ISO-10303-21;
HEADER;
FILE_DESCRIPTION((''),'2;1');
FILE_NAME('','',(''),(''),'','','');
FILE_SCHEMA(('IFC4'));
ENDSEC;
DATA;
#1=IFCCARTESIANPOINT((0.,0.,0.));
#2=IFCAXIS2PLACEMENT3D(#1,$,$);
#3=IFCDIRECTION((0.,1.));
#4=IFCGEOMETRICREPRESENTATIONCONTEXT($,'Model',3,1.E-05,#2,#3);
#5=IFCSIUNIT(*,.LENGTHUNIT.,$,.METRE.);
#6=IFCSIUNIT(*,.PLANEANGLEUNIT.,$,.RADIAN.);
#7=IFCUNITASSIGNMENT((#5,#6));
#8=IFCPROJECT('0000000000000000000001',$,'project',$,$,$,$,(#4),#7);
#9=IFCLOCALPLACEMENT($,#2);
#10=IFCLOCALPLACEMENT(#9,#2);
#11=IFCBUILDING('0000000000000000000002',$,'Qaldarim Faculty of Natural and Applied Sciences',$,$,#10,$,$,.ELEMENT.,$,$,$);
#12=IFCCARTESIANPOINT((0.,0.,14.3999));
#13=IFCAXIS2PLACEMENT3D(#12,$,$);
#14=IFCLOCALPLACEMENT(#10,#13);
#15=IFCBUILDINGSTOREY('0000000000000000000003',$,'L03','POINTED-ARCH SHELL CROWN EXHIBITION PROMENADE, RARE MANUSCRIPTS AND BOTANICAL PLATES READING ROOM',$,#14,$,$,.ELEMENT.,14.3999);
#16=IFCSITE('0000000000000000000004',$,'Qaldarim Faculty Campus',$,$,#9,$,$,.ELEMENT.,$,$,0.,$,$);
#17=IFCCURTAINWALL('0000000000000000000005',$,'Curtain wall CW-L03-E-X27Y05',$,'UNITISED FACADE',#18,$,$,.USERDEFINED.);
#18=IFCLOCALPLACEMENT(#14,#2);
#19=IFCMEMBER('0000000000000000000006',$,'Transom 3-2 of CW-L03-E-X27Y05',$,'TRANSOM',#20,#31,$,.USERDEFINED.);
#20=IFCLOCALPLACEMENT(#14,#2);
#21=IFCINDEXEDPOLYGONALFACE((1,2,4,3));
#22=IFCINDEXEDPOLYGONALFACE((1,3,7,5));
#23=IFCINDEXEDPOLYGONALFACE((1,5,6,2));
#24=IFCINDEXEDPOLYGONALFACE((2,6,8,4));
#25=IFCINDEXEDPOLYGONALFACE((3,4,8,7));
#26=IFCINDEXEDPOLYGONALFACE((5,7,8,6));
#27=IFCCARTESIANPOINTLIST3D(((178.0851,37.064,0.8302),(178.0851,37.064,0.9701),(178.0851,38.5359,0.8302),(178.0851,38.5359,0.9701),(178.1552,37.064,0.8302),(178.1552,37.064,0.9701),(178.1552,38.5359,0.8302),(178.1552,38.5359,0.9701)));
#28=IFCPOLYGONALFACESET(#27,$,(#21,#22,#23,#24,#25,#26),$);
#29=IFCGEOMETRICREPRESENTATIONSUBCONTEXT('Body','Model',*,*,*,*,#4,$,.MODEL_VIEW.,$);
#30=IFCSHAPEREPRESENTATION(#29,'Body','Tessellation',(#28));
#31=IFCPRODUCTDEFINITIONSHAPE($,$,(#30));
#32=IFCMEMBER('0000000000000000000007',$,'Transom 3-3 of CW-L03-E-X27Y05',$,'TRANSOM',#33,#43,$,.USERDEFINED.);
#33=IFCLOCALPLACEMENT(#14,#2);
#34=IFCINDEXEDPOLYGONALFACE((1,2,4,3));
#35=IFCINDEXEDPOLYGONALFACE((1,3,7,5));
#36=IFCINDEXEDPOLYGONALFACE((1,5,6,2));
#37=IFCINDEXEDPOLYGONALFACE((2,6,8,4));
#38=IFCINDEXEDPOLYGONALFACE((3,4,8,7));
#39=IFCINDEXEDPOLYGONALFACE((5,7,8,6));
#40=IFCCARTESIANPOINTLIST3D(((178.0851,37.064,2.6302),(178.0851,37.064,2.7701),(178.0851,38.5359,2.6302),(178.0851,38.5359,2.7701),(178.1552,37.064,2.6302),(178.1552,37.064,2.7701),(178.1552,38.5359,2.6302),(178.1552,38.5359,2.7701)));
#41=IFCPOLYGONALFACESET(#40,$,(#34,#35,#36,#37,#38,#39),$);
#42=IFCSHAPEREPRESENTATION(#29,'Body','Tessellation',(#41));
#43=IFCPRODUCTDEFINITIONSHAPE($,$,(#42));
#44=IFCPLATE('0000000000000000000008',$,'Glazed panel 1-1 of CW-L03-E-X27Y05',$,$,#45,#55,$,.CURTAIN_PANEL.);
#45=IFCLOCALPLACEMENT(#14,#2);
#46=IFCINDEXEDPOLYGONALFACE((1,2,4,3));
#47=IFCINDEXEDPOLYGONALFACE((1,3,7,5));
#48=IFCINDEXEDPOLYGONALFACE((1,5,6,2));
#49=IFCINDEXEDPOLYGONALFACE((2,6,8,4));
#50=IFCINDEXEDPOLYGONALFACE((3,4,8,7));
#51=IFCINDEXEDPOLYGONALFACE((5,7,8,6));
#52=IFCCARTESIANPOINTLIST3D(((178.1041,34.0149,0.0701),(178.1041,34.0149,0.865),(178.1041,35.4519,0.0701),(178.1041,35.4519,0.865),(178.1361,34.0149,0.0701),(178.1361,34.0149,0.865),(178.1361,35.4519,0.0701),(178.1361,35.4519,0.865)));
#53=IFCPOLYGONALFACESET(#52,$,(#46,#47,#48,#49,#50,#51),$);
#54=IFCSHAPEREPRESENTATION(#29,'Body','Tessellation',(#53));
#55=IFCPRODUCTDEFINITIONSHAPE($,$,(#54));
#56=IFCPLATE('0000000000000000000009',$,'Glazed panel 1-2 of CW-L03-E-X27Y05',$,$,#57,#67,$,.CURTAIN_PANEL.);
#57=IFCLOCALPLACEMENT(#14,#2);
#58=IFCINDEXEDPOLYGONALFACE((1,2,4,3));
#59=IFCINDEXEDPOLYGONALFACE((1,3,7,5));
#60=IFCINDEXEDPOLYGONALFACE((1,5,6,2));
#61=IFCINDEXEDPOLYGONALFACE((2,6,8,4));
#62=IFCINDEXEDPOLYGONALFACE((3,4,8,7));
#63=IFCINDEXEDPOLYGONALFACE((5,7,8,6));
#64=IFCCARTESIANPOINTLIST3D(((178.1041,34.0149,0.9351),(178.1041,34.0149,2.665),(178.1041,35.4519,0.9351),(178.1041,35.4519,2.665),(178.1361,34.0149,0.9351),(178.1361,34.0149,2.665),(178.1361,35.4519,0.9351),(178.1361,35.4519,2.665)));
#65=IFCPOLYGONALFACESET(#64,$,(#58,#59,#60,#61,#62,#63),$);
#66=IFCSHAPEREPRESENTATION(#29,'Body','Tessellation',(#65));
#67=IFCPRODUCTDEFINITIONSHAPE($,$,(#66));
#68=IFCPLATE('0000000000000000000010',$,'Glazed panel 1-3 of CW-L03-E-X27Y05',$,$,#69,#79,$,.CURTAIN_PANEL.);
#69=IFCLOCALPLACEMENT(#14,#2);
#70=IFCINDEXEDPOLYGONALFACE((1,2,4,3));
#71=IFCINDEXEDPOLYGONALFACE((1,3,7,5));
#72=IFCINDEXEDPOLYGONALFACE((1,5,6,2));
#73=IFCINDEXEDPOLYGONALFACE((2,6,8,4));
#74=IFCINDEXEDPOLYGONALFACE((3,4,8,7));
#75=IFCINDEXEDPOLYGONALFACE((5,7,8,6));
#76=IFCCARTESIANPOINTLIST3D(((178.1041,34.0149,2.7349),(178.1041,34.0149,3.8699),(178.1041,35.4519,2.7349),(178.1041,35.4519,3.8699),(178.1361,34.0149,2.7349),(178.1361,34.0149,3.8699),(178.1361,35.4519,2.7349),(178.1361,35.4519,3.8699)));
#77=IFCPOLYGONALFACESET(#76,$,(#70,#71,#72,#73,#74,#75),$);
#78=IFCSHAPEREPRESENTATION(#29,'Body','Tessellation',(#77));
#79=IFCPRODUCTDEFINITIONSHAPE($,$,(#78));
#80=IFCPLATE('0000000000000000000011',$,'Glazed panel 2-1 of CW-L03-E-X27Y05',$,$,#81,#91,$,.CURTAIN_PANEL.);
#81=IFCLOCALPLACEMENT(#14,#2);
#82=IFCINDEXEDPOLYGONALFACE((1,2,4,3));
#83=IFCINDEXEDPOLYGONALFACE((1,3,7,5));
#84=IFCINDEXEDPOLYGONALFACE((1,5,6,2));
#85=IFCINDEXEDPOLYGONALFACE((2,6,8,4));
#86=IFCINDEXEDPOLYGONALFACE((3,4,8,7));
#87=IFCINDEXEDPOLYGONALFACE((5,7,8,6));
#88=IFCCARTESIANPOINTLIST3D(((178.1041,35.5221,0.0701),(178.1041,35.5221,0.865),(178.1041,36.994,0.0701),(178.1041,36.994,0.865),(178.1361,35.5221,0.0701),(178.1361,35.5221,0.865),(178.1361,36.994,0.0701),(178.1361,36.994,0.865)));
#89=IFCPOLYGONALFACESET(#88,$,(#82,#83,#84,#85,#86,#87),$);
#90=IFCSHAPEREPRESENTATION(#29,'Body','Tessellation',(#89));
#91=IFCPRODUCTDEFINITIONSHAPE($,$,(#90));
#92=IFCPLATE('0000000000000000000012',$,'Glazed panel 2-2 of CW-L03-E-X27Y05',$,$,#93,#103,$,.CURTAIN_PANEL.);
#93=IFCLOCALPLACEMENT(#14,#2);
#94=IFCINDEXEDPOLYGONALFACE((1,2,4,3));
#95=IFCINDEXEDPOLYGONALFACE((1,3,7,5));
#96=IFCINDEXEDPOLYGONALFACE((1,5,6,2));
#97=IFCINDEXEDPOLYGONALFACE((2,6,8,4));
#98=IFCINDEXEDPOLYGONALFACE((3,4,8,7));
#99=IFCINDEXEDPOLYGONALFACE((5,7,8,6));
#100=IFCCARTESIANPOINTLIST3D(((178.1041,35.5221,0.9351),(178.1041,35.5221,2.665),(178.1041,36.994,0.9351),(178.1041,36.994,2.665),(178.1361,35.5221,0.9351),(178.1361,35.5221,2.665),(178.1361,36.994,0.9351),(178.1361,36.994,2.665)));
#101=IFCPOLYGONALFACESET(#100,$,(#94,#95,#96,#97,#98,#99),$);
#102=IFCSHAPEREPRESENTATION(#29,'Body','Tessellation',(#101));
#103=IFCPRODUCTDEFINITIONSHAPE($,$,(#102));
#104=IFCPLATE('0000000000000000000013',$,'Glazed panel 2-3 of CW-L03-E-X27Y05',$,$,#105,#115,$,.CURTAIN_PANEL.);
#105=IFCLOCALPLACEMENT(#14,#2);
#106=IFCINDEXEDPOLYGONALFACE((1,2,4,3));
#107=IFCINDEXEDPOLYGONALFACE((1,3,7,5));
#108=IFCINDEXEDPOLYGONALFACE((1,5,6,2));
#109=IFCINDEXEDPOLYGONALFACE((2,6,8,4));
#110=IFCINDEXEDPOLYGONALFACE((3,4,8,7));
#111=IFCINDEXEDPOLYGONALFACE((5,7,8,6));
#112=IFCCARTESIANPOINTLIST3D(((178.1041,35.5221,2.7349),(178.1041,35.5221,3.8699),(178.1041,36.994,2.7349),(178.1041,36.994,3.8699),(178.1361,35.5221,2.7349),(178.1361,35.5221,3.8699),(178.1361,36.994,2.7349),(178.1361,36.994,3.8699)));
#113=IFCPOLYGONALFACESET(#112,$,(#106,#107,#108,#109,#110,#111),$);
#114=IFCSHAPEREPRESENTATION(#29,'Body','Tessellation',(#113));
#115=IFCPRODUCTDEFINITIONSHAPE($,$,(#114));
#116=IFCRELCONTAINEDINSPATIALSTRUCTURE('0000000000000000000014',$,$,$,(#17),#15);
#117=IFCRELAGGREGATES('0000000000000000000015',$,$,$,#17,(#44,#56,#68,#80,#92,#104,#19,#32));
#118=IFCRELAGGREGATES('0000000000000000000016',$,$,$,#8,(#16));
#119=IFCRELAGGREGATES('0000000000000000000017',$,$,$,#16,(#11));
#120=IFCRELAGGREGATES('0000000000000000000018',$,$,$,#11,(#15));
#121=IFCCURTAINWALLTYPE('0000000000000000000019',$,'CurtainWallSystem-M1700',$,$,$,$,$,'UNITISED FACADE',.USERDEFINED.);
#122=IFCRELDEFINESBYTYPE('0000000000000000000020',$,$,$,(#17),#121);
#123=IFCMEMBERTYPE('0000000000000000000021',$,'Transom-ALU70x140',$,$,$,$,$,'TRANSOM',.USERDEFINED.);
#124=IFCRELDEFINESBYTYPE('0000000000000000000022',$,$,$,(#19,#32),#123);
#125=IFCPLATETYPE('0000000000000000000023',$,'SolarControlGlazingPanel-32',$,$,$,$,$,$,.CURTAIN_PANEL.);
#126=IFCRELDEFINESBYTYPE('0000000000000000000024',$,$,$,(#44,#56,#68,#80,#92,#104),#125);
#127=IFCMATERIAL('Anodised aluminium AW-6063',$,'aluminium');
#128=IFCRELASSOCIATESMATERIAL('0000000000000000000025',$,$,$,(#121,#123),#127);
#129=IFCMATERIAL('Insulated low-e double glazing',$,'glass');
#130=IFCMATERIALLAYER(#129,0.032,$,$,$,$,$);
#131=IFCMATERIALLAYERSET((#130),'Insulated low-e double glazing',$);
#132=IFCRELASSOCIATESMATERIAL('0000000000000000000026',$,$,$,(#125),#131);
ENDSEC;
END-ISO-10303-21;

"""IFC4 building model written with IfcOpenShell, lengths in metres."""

from ifc_helpers import new_model, si_unit, direction, frame, origin, origin_2d, place, context, subcontext, project, spatial, rectangle, extrude, material, layer, layer_set, material_profile, profile_set, type_object, element, aggregate, save


model = new_model("IFC4")

# Units and contexts
model_context = context("Model", 3, precision=1e-05, world=origin(), true_north=direction((0.0, 1.0)))
body_context = subcontext(model_context, "Body", "Model", "MODEL_VIEW")
ifc_project = project(units=[si_unit("LENGTHUNIT", "METRE"), si_unit("PLANEANGLEUNIT", "RADIAN")], contexts=[model_context])

# Site, building, storey
site_placement = place(None, origin())
site = spatial("IfcSite", under=ifc_project, at=site_placement, Name="Qaldarim Faculty Campus", CompositionType="ELEMENT", RefElevation=0.0)
building_placement = place(site_placement, origin())
building = spatial("IfcBuilding", under=site, at=building_placement, Name="Qaldarim Faculty of Natural and Applied Sciences", CompositionType="ELEMENT")
storey_placement = place(building_placement, frame((0.0, 0.0, 14.3999)))
storey = spatial("IfcBuildingStorey", under=building, at=storey_placement, Name="L03", Description="POINTED-ARCH SHELL CROWN EXHIBITION PROMENADE, RARE MANUSCRIPTS AND BOTANICAL PLATES READING ROOM", CompositionType="ELEMENT", Elevation=14.3999)

# Curtain wall
ifc_material_1 = material(Name="Anodised aluminium AW-6063", Category="aluminium")
curtain_wall_type = type_object("IfcCurtainWallType", Name="CurtainWallSystem-M1700", ElementType="UNITISED FACADE", PredefinedType="USERDEFINED", material=ifc_material_1)
curtain_wall_placement = place(storey_placement, origin())
curtain_wall = element("IfcCurtainWall", 1, at=curtain_wall_placement, inside=storey, type_object=curtain_wall_type, Name="Curtain wall CW-L03-E-X27Y05", ObjectType="UNITISED FACADE", PredefinedType="USERDEFINED")

# Members
ifc_material_profile_1 = material_profile(ifc_material_1, rectangle(XDim=0.0701, YDim=0.1399, at=origin_2d()), Name="ALU-T70x140")
ifc_profile_set_1 = profile_set([ifc_material_profile_1], Name="Anodised aluminium AW-6063")
member_type_1 = type_object("IfcMemberType", Name="Transom-ALU70x140", ElementType="TRANSOM", PredefinedType="USERDEFINED", material=ifc_profile_set_1)
member_1_placement = place(storey_placement, frame((178.1201, 37.064, 0.9001), z_axis=(0.0, 1.0, 0.0), x_axis=(-1.0, 0.0, 0.0)))
member_1 = element("IfcMember", 2, at=member_1_placement, type_object=member_type_1, Name="Transom 3-2 of CW-L03-E-X27Y05", ObjectType="TRANSOM", PredefinedType="USERDEFINED", context=body_context, shape_type="SweptSolid", body=[
    extrude(rectangle(XDim=0.0701, YDim=0.1399, at=origin_2d()), origin(), (0.0, 0.0, 1.0), 1.4719),
])
member_2_placement = place(storey_placement, frame((178.1201, 37.064, 2.7002), z_axis=(0.0, 1.0, 0.0), x_axis=(-1.0, 0.0, 0.0)))
member_2 = element("IfcMember", 3, at=member_2_placement, type_object=member_type_1, Name="Transom 3-3 of CW-L03-E-X27Y05", ObjectType="TRANSOM", PredefinedType="USERDEFINED", context=body_context, shape_type="SweptSolid", body=[
    extrude(rectangle(XDim=0.0701, YDim=0.1399, at=origin_2d()), origin(), (0.0, 0.0, 1.0), 1.4719),
])

# Plates
ifc_material_2 = material(Name="Insulated low-e double glazing", Category="glass")
ifc_layer = layer(ifc_material_2, 0.032)
ifc_layer_set = layer_set([ifc_layer], Name="Insulated low-e double glazing")
plate_type = type_object("IfcPlateType", Name="SolarControlGlazingPanel-32", PredefinedType="CURTAIN_PANEL", material=ifc_layer_set)
plate_1_placement = place(storey_placement, frame((178.1201, 34.7334, 0.0701), z_axis=(0.0, 0.0, 1.0), x_axis=(0.0, 1.0, 0.0)))
plate_1 = element("IfcPlate", 4, at=plate_1_placement, type_object=plate_type, Name="Glazed panel 1-1 of CW-L03-E-X27Y05", PredefinedType="CURTAIN_PANEL", context=body_context, shape_type="SweptSolid", body=[
    extrude(rectangle(XDim=1.437, YDim=0.032, at=origin_2d()), origin(), (0.0, 0.0, 1.0), 0.7949),
])
plate_2_placement = place(storey_placement, frame((178.1201, 34.7334, 0.9351), z_axis=(0.0, 0.0, 1.0), x_axis=(0.0, 1.0, 0.0)))
plate_2 = element("IfcPlate", 5, at=plate_2_placement, type_object=plate_type, Name="Glazed panel 1-2 of CW-L03-E-X27Y05", PredefinedType="CURTAIN_PANEL", context=body_context, shape_type="SweptSolid", body=[
    extrude(rectangle(XDim=1.437, YDim=0.032, at=origin_2d()), origin(), (0.0, 0.0, 1.0), 1.73),
])
plate_3_placement = place(storey_placement, frame((178.1201, 34.7334, 2.7349), z_axis=(0.0, 0.0, 1.0), x_axis=(0.0, 1.0, 0.0)))
plate_3 = element("IfcPlate", 6, at=plate_3_placement, type_object=plate_type, Name="Glazed panel 1-3 of CW-L03-E-X27Y05", PredefinedType="CURTAIN_PANEL", context=body_context, shape_type="SweptSolid", body=[
    extrude(rectangle(XDim=1.437, YDim=0.032, at=origin_2d()), origin(), (0.0, 0.0, 1.0), 1.135),
])
plate_4_placement = place(storey_placement, frame((178.1201, 36.2581, 0.0701), z_axis=(0.0, 0.0, 1.0), x_axis=(0.0, 1.0, 0.0)))
plate_4 = element("IfcPlate", 7, at=plate_4_placement, type_object=plate_type, Name="Glazed panel 2-1 of CW-L03-E-X27Y05", PredefinedType="CURTAIN_PANEL", context=body_context, shape_type="SweptSolid", body=[
    extrude(rectangle(XDim=1.4719, YDim=0.032, at=origin_2d()), origin(), (0.0, 0.0, 1.0), 0.7949),
])
plate_5_placement = place(storey_placement, frame((178.1201, 36.2581, 0.9351), z_axis=(0.0, 0.0, 1.0), x_axis=(0.0, 1.0, 0.0)))
plate_5 = element("IfcPlate", 8, at=plate_5_placement, type_object=plate_type, Name="Glazed panel 2-2 of CW-L03-E-X27Y05", PredefinedType="CURTAIN_PANEL", context=body_context, shape_type="SweptSolid", body=[
    extrude(rectangle(XDim=1.4719, YDim=0.032, at=origin_2d()), origin(), (0.0, 0.0, 1.0), 1.73),
])
plate_6_placement = place(storey_placement, frame((178.1201, 36.2581, 2.7349), z_axis=(0.0, 0.0, 1.0), x_axis=(0.0, 1.0, 0.0)))
plate_6 = element("IfcPlate", 9, at=plate_6_placement, type_object=plate_type, Name="Glazed panel 2-3 of CW-L03-E-X27Y05", PredefinedType="CURTAIN_PANEL", context=body_context, shape_type="SweptSolid", body=[
    extrude(rectangle(XDim=1.4719, YDim=0.032, at=origin_2d()), origin(), (0.0, 0.0, 1.0), 1.135),
])
aggregate(curtain_wall, [plate_1, plate_2, plate_3, plate_4, plate_5, plate_6, member_1, member_2])

save(model, "model.ifc")
